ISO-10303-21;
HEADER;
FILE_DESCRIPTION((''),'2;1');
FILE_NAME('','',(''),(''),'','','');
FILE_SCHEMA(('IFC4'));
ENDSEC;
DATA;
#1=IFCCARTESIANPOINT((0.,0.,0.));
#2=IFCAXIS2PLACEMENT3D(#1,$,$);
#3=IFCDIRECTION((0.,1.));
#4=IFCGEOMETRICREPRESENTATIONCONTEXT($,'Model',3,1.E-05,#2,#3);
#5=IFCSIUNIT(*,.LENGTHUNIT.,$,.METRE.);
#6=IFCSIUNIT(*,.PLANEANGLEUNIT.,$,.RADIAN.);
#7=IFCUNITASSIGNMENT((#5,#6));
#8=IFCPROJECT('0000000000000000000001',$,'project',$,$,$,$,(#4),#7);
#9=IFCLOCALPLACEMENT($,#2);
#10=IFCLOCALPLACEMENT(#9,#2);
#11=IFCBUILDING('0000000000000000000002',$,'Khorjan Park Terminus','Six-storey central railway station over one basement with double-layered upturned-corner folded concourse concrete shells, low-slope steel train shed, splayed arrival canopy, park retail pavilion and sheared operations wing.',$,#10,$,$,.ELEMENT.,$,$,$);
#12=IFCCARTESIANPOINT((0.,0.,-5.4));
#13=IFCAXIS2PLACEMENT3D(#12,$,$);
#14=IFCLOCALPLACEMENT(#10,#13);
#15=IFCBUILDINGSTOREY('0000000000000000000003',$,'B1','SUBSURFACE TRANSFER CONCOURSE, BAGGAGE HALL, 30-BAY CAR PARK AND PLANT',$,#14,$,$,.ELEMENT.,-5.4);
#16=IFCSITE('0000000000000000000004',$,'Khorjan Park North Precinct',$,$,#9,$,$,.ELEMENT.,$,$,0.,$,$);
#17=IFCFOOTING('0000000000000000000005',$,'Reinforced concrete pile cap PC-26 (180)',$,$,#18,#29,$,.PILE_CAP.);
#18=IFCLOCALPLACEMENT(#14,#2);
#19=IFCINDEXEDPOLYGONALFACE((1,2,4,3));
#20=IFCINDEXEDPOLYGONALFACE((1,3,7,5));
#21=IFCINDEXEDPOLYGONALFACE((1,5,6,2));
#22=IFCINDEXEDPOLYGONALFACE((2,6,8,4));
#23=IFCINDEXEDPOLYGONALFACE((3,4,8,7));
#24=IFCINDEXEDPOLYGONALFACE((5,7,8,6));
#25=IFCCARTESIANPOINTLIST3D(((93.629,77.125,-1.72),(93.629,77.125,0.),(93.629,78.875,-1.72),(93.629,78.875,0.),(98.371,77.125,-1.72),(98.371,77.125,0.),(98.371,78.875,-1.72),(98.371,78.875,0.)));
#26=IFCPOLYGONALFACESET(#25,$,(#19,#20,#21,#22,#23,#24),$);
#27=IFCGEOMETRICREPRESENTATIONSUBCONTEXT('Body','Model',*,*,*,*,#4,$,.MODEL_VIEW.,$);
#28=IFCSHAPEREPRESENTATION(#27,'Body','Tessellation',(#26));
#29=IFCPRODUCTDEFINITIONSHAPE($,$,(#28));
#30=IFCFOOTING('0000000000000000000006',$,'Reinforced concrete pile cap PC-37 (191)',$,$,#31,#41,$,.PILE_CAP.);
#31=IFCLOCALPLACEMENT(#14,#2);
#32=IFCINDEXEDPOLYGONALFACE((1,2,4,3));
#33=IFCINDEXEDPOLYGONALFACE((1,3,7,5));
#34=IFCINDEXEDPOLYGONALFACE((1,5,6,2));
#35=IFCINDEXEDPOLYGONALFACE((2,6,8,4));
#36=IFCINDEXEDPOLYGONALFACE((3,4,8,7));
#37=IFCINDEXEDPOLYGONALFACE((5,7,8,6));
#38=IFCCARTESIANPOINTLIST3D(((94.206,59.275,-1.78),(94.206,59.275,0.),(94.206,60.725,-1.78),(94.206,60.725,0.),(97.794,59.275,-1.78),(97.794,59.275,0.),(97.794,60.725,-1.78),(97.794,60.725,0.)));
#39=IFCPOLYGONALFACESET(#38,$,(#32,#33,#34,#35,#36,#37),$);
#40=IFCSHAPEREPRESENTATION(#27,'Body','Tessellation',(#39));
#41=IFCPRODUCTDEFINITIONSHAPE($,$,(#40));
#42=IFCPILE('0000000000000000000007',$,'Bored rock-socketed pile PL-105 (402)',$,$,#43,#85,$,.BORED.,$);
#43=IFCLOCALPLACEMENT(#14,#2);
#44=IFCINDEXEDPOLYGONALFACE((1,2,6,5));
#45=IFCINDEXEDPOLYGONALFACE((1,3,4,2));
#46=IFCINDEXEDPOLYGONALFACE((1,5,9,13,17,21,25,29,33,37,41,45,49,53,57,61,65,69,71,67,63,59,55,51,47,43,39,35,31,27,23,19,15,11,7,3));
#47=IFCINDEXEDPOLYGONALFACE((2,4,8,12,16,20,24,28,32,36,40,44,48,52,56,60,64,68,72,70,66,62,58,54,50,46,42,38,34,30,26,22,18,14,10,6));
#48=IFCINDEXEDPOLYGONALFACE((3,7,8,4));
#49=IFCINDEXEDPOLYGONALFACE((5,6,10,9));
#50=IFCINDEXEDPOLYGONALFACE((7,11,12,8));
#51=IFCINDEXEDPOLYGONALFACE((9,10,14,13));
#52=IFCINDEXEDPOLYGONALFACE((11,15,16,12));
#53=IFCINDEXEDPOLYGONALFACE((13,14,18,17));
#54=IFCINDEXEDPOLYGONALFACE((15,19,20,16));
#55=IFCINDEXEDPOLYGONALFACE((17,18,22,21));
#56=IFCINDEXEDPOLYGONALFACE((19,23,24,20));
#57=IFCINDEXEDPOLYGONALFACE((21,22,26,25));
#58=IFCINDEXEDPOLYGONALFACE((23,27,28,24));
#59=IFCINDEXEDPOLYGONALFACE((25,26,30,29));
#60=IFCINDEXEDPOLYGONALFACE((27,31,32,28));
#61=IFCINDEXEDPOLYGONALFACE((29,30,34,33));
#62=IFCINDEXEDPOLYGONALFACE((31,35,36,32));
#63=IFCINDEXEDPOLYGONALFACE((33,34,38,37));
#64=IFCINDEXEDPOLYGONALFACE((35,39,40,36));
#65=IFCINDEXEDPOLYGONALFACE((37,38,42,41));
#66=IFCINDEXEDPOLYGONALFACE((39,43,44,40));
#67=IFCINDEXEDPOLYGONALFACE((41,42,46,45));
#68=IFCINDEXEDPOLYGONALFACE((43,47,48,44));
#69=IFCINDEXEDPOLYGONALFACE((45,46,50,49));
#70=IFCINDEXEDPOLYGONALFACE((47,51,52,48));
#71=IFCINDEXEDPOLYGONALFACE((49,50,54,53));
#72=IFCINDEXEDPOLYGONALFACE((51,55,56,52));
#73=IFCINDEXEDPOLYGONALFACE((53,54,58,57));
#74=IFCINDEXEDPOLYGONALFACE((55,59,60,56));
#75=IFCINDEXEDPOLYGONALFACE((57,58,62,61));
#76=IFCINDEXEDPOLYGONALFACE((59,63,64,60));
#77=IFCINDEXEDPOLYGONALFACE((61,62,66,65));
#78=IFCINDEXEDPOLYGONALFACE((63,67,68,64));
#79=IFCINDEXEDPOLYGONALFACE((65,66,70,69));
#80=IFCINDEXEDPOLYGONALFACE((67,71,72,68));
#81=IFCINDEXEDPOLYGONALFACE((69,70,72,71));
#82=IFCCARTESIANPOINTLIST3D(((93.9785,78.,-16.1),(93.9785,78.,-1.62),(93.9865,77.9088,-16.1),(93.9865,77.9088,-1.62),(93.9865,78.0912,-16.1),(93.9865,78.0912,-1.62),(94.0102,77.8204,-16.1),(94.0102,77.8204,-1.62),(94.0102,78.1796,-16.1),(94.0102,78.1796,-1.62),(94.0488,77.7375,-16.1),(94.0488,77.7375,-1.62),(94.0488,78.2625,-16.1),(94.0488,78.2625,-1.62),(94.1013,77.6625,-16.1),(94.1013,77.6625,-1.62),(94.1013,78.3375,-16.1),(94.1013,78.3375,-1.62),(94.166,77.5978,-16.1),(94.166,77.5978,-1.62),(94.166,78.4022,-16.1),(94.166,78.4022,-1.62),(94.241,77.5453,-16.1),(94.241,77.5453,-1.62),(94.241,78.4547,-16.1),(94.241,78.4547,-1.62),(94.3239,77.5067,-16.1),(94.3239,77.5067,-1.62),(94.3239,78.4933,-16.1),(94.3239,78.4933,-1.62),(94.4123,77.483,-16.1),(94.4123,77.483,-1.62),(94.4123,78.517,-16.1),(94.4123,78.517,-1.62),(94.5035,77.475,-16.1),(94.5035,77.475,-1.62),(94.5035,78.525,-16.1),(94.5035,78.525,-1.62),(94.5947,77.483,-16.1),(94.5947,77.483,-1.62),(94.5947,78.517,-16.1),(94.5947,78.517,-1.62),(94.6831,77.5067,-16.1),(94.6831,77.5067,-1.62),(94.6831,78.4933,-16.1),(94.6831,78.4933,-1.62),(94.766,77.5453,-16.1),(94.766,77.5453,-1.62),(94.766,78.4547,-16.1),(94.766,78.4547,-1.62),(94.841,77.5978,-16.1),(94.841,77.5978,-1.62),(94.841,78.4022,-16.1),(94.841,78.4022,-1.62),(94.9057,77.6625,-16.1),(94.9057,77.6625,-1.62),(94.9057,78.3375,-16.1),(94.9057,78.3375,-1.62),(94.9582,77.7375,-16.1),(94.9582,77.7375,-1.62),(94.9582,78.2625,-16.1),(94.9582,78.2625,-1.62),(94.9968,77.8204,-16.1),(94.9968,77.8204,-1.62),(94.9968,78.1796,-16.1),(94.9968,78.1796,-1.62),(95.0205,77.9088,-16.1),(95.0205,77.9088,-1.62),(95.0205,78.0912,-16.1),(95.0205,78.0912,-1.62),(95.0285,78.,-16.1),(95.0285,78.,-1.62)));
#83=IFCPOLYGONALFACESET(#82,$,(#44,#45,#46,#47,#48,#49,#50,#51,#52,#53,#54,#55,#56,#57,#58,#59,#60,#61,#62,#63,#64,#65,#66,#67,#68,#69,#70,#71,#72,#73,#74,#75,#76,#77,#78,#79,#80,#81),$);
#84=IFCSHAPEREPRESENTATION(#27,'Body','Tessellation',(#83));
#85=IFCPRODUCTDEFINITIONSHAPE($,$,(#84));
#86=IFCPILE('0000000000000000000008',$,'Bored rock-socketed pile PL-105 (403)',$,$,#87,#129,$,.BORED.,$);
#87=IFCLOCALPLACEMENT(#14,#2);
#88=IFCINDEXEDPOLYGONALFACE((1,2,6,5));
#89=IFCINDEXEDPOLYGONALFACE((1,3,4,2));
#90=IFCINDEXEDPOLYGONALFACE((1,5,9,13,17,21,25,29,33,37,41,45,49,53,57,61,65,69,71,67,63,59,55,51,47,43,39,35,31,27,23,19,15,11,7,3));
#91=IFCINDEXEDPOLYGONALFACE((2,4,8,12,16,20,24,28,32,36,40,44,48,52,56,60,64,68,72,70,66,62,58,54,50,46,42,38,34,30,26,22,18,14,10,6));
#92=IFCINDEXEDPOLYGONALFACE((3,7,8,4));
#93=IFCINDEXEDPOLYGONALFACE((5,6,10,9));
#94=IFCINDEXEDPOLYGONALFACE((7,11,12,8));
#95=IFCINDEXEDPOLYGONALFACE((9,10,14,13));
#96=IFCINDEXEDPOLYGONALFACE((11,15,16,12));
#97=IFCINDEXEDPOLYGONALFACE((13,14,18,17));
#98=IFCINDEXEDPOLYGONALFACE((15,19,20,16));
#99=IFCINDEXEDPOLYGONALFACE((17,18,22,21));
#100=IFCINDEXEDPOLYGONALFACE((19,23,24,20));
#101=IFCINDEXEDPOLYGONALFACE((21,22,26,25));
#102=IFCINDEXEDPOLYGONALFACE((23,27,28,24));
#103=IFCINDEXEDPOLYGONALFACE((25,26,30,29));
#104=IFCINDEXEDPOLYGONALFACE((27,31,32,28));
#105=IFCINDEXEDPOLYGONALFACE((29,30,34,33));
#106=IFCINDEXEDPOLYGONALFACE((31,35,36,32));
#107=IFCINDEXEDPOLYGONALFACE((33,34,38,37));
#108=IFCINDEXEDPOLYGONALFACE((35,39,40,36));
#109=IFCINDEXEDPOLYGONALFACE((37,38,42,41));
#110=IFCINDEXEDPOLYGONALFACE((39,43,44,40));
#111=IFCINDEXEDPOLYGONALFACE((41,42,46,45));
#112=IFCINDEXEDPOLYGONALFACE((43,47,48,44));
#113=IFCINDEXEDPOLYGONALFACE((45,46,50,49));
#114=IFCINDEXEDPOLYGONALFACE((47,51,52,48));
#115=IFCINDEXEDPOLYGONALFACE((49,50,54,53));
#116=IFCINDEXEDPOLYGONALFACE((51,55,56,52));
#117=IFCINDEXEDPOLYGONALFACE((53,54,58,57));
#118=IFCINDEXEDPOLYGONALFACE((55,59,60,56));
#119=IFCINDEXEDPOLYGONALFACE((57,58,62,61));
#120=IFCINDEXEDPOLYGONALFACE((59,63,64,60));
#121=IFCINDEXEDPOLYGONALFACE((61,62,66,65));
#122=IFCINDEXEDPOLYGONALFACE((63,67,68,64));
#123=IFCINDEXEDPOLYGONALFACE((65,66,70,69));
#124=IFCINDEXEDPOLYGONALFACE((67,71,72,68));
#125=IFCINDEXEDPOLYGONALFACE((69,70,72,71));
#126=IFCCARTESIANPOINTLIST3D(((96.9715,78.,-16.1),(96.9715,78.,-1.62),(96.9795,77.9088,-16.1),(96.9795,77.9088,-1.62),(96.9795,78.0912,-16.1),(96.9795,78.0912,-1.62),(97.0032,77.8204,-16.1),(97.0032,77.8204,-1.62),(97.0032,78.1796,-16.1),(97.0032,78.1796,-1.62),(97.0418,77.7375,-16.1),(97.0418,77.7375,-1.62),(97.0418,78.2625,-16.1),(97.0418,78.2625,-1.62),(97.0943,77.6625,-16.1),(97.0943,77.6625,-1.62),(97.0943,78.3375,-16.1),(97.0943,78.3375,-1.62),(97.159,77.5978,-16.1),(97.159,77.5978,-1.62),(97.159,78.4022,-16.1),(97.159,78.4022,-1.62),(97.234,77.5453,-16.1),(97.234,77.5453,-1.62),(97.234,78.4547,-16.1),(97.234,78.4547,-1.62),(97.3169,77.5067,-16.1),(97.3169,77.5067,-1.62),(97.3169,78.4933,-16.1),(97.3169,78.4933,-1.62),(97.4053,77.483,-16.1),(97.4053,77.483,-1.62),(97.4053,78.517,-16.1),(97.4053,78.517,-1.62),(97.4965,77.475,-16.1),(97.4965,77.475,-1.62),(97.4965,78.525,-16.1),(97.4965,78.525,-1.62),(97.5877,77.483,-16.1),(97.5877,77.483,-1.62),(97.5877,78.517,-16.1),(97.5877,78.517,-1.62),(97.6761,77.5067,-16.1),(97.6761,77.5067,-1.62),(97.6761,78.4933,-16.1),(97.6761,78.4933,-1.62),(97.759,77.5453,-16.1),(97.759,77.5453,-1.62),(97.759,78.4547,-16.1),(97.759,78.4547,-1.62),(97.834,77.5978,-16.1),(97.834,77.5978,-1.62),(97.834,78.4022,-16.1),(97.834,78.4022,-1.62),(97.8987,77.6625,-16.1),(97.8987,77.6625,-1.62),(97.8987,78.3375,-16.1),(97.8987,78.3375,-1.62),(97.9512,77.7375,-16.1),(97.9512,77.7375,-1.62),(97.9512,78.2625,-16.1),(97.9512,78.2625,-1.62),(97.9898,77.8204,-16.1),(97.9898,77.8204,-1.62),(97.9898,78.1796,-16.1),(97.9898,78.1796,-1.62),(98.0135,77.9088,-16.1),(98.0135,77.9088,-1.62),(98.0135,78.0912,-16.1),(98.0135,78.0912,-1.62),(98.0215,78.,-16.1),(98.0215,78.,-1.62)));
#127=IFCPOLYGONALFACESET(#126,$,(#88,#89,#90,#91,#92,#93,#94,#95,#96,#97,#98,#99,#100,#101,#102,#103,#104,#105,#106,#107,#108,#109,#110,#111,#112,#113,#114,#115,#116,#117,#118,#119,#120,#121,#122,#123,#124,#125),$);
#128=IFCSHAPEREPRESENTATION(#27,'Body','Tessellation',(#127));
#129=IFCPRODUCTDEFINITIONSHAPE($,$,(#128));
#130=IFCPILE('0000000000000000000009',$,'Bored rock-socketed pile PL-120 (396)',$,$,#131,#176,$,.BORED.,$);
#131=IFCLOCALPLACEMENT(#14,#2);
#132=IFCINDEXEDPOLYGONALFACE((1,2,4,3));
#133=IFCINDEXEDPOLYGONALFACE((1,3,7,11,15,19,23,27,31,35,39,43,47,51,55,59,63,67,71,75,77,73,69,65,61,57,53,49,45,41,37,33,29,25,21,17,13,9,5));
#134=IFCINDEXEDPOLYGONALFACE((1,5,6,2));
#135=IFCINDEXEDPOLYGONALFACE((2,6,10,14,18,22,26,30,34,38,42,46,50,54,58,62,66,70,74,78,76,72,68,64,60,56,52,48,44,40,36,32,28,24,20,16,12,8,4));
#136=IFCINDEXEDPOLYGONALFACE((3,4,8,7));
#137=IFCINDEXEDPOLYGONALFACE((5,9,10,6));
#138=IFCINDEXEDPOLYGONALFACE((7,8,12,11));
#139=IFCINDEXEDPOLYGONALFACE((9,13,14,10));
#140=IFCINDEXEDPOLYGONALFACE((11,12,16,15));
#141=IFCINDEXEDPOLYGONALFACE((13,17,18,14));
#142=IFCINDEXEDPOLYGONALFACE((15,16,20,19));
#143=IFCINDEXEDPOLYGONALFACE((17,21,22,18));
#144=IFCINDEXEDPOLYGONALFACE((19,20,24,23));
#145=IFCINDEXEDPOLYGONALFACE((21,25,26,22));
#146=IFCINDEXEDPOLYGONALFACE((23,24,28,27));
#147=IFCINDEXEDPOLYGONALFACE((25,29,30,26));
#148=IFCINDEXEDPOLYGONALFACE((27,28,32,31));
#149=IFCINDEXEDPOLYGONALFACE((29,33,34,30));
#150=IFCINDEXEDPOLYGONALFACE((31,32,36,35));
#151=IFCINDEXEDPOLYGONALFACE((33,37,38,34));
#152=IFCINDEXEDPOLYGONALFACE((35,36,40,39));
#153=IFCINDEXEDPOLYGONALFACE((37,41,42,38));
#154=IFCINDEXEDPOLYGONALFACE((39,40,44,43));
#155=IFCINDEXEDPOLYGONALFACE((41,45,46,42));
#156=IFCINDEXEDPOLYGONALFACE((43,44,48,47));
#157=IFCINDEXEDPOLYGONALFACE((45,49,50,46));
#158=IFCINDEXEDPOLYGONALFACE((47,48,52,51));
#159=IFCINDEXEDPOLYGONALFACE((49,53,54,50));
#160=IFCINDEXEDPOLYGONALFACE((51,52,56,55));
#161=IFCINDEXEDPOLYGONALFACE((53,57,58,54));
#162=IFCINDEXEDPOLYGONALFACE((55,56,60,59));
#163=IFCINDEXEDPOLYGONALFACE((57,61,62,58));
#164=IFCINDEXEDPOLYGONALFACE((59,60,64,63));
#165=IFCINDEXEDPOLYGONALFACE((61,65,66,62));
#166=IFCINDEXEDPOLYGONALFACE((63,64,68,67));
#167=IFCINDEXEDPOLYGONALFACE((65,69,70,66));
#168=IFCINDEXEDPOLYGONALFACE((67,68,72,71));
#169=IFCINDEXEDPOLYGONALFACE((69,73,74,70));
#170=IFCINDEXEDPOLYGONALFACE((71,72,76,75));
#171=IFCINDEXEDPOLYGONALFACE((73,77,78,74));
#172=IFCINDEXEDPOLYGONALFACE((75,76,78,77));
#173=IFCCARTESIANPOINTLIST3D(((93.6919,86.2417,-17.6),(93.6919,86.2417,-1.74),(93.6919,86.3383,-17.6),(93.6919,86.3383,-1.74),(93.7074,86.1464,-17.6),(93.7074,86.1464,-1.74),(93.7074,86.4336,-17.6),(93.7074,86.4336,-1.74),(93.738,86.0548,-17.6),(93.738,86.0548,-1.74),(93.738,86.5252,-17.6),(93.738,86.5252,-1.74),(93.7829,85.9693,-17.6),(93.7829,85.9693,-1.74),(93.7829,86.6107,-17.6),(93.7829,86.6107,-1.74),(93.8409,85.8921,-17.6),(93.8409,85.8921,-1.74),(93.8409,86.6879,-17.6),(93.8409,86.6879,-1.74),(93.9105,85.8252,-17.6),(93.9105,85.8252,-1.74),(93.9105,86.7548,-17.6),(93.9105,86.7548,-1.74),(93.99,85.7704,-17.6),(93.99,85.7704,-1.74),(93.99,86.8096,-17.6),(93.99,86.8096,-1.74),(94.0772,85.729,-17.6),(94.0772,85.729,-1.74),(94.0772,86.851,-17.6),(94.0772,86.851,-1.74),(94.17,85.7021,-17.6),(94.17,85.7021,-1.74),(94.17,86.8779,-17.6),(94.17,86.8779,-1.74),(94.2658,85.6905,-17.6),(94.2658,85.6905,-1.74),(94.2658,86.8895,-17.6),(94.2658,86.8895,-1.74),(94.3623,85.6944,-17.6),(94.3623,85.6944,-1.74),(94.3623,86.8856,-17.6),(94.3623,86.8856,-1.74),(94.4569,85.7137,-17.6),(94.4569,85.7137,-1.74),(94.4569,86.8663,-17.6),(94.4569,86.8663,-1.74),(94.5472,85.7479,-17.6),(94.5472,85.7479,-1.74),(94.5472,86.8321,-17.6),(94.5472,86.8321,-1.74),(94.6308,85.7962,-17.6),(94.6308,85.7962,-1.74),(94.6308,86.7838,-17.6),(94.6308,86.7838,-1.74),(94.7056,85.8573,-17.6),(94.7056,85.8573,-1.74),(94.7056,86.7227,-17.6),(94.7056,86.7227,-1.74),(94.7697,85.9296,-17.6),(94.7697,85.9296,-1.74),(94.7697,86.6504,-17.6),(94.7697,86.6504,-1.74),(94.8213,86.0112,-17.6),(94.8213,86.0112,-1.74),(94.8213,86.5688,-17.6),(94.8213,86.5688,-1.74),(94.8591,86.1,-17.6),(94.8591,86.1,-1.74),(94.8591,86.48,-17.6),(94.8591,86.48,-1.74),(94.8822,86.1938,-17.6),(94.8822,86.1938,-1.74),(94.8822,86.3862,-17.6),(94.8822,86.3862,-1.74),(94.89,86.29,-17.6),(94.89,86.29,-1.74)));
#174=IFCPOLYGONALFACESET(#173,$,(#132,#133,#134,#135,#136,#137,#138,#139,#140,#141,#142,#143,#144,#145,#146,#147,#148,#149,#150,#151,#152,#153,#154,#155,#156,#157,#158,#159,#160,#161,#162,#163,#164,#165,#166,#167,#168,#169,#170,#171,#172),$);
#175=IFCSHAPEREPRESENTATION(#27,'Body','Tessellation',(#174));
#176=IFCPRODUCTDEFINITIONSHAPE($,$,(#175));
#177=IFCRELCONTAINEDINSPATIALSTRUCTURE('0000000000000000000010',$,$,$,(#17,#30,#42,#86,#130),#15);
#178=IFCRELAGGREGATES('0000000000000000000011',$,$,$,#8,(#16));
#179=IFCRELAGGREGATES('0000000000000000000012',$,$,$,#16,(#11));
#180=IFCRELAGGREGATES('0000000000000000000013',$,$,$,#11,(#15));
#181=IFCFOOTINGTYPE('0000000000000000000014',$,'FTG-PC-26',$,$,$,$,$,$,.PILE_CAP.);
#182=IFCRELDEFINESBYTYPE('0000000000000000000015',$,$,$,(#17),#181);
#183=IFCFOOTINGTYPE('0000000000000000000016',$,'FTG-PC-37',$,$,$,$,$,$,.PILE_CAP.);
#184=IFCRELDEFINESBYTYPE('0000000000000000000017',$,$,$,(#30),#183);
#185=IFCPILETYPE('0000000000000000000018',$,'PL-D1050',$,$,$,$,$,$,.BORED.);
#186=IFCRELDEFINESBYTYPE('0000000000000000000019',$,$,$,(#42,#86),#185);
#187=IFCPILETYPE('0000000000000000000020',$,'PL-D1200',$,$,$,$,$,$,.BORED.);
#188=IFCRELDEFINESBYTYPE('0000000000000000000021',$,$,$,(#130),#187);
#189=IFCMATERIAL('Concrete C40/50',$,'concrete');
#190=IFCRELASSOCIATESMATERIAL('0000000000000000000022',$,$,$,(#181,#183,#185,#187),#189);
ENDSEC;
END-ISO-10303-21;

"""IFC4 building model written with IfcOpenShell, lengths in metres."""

from ifc_helpers import new_model, si_unit, direction, frame, origin, origin_2d, place, context, subcontext, project, spatial, rectangle, circle, extrude, material, material_profile, profile_set, type_object, element, save


model = new_model("IFC4")

# Units and contexts
model_context = context("Model", 3, precision=1e-05, world=origin(), true_north=direction((0.0, 1.0)))
body_context = subcontext(model_context, "Body", "Model", "MODEL_VIEW")
ifc_project = project(units=[si_unit("LENGTHUNIT", "METRE"), si_unit("PLANEANGLEUNIT", "RADIAN")], contexts=[model_context])

# Site, building, storey
site_placement = place(None, origin())
site = spatial("IfcSite", under=ifc_project, at=site_placement, Name="Khorjan Park North Precinct", CompositionType="ELEMENT", RefElevation=0.0)
building_placement = place(site_placement, origin())
building = spatial("IfcBuilding", under=site, at=building_placement, Name="Khorjan Park Terminus", Description="Six-storey central railway station over one basement with double-layered upturned-corner folded concourse concrete shells, low-slope steel train shed, splayed arrival canopy, park retail pavilion and sheared operations wing.", CompositionType="ELEMENT")
storey_placement = place(building_placement, frame((0.0, 0.0, -5.4)))
storey = spatial("IfcBuildingStorey", under=building, at=storey_placement, Name="B1", Description="SUBSURFACE TRANSFER CONCOURSE, BAGGAGE HALL, 30-BAY CAR PARK AND PLANT", CompositionType="ELEMENT", Elevation=-5.4)

# Footings
ifc_material_1 = material(Name="Concrete C40/50", Category="concrete")
footing_type_1 = type_object("IfcFootingType", Name="FTG-PC-26", PredefinedType="PILE_CAP", material=ifc_material_1)
footing_1_placement = place(storey_placement, frame((96.0, 78.0, -1.72), z_axis=(0.0, 0.0, 1.0), x_axis=(1.0, 0.0, 0.0)))
element("IfcFooting", 1, at=footing_1_placement, inside=storey, type_object=footing_type_1, Name="Reinforced concrete pile cap PC-26 (180)", PredefinedType="PILE_CAP", context=body_context, shape_type="SweptSolid", body=[
    extrude(rectangle(XDim=4.742, YDim=1.75, at=origin_2d()), origin(), (0.0, 0.0, 1.0), 1.72),
])
footing_type_2 = type_object("IfcFootingType", Name="FTG-PC-37", PredefinedType="PILE_CAP", material=ifc_material_1)
footing_2_placement = place(storey_placement, frame((96.0, 60.0, -1.78), z_axis=(0.0, 0.0, 1.0), x_axis=(1.0, 0.0, 0.0)))
element("IfcFooting", 2, at=footing_2_placement, inside=storey, type_object=footing_type_2, Name="Reinforced concrete pile cap PC-37 (191)", PredefinedType="PILE_CAP", context=body_context, shape_type="SweptSolid", body=[
    extrude(rectangle(XDim=3.588, YDim=1.45, at=origin_2d()), origin(), (0.0, 0.0, 1.0), 1.78),
])

# Piles
ifc_material_profile_1 = material_profile(ifc_material_1, circle(Radius=0.525, at=origin_2d()), Name="BORED D1050")
ifc_profile_set_1 = profile_set([ifc_material_profile_1], Name="Concrete C40/50")
pile_type_1 = type_object("IfcPileType", Name="PL-D1050", PredefinedType="BORED", material=ifc_profile_set_1)
for number, where, z_axis, x_axis, name in (
    (3, (94.5035, 78.0, -1.62), (0.0, 0.0, -1.0), (1.0, 0.0, 0.0), "Bored rock-socketed pile PL-105 (402)"),
    (4, (97.4965, 78.0, -1.62), (0.0, 0.0, -1.0), (1.0, 0.0, 0.0), "Bored rock-socketed pile PL-105 (403)"),
):
    element("IfcPile", number, at=place(storey_placement, frame(where, z_axis=z_axis, x_axis=x_axis)), inside=storey, type_object=pile_type_1, Name=name, PredefinedType="BORED", context=body_context, shape_type="SweptSolid", body=[
        extrude(circle(Radius=0.525, at=origin_2d()), origin(), (0.0, 0.0, 1.0), 14.48),
    ])
ifc_material_profile_2 = material_profile(ifc_material_1, circle(Radius=0.6, at=origin_2d()), Name="BORED D1200")
ifc_profile_set_2 = profile_set([ifc_material_profile_2], Name="Concrete C40/50")
pile_type_2 = type_object("IfcPileType", Name="PL-D1200", PredefinedType="BORED", material=ifc_profile_set_2)
for number, where, z_axis, x_axis, name in (
    (5, (94.29, 86.29, -1.74), (0.0, 0.0, -1.0), (1.0, 0.0, 0.0), "Bored rock-socketed pile PL-120 (396)"),
):
    element("IfcPile", number, at=place(storey_placement, frame(where, z_axis=z_axis, x_axis=x_axis)), inside=storey, type_object=pile_type_2, Name=name, PredefinedType="BORED", context=body_context, shape_type="SweptSolid", body=[
        extrude(circle(Radius=0.6, at=origin_2d()), origin(), (0.0, 0.0, 1.0), 15.86),
    ])

save(model, "model.ifc")
